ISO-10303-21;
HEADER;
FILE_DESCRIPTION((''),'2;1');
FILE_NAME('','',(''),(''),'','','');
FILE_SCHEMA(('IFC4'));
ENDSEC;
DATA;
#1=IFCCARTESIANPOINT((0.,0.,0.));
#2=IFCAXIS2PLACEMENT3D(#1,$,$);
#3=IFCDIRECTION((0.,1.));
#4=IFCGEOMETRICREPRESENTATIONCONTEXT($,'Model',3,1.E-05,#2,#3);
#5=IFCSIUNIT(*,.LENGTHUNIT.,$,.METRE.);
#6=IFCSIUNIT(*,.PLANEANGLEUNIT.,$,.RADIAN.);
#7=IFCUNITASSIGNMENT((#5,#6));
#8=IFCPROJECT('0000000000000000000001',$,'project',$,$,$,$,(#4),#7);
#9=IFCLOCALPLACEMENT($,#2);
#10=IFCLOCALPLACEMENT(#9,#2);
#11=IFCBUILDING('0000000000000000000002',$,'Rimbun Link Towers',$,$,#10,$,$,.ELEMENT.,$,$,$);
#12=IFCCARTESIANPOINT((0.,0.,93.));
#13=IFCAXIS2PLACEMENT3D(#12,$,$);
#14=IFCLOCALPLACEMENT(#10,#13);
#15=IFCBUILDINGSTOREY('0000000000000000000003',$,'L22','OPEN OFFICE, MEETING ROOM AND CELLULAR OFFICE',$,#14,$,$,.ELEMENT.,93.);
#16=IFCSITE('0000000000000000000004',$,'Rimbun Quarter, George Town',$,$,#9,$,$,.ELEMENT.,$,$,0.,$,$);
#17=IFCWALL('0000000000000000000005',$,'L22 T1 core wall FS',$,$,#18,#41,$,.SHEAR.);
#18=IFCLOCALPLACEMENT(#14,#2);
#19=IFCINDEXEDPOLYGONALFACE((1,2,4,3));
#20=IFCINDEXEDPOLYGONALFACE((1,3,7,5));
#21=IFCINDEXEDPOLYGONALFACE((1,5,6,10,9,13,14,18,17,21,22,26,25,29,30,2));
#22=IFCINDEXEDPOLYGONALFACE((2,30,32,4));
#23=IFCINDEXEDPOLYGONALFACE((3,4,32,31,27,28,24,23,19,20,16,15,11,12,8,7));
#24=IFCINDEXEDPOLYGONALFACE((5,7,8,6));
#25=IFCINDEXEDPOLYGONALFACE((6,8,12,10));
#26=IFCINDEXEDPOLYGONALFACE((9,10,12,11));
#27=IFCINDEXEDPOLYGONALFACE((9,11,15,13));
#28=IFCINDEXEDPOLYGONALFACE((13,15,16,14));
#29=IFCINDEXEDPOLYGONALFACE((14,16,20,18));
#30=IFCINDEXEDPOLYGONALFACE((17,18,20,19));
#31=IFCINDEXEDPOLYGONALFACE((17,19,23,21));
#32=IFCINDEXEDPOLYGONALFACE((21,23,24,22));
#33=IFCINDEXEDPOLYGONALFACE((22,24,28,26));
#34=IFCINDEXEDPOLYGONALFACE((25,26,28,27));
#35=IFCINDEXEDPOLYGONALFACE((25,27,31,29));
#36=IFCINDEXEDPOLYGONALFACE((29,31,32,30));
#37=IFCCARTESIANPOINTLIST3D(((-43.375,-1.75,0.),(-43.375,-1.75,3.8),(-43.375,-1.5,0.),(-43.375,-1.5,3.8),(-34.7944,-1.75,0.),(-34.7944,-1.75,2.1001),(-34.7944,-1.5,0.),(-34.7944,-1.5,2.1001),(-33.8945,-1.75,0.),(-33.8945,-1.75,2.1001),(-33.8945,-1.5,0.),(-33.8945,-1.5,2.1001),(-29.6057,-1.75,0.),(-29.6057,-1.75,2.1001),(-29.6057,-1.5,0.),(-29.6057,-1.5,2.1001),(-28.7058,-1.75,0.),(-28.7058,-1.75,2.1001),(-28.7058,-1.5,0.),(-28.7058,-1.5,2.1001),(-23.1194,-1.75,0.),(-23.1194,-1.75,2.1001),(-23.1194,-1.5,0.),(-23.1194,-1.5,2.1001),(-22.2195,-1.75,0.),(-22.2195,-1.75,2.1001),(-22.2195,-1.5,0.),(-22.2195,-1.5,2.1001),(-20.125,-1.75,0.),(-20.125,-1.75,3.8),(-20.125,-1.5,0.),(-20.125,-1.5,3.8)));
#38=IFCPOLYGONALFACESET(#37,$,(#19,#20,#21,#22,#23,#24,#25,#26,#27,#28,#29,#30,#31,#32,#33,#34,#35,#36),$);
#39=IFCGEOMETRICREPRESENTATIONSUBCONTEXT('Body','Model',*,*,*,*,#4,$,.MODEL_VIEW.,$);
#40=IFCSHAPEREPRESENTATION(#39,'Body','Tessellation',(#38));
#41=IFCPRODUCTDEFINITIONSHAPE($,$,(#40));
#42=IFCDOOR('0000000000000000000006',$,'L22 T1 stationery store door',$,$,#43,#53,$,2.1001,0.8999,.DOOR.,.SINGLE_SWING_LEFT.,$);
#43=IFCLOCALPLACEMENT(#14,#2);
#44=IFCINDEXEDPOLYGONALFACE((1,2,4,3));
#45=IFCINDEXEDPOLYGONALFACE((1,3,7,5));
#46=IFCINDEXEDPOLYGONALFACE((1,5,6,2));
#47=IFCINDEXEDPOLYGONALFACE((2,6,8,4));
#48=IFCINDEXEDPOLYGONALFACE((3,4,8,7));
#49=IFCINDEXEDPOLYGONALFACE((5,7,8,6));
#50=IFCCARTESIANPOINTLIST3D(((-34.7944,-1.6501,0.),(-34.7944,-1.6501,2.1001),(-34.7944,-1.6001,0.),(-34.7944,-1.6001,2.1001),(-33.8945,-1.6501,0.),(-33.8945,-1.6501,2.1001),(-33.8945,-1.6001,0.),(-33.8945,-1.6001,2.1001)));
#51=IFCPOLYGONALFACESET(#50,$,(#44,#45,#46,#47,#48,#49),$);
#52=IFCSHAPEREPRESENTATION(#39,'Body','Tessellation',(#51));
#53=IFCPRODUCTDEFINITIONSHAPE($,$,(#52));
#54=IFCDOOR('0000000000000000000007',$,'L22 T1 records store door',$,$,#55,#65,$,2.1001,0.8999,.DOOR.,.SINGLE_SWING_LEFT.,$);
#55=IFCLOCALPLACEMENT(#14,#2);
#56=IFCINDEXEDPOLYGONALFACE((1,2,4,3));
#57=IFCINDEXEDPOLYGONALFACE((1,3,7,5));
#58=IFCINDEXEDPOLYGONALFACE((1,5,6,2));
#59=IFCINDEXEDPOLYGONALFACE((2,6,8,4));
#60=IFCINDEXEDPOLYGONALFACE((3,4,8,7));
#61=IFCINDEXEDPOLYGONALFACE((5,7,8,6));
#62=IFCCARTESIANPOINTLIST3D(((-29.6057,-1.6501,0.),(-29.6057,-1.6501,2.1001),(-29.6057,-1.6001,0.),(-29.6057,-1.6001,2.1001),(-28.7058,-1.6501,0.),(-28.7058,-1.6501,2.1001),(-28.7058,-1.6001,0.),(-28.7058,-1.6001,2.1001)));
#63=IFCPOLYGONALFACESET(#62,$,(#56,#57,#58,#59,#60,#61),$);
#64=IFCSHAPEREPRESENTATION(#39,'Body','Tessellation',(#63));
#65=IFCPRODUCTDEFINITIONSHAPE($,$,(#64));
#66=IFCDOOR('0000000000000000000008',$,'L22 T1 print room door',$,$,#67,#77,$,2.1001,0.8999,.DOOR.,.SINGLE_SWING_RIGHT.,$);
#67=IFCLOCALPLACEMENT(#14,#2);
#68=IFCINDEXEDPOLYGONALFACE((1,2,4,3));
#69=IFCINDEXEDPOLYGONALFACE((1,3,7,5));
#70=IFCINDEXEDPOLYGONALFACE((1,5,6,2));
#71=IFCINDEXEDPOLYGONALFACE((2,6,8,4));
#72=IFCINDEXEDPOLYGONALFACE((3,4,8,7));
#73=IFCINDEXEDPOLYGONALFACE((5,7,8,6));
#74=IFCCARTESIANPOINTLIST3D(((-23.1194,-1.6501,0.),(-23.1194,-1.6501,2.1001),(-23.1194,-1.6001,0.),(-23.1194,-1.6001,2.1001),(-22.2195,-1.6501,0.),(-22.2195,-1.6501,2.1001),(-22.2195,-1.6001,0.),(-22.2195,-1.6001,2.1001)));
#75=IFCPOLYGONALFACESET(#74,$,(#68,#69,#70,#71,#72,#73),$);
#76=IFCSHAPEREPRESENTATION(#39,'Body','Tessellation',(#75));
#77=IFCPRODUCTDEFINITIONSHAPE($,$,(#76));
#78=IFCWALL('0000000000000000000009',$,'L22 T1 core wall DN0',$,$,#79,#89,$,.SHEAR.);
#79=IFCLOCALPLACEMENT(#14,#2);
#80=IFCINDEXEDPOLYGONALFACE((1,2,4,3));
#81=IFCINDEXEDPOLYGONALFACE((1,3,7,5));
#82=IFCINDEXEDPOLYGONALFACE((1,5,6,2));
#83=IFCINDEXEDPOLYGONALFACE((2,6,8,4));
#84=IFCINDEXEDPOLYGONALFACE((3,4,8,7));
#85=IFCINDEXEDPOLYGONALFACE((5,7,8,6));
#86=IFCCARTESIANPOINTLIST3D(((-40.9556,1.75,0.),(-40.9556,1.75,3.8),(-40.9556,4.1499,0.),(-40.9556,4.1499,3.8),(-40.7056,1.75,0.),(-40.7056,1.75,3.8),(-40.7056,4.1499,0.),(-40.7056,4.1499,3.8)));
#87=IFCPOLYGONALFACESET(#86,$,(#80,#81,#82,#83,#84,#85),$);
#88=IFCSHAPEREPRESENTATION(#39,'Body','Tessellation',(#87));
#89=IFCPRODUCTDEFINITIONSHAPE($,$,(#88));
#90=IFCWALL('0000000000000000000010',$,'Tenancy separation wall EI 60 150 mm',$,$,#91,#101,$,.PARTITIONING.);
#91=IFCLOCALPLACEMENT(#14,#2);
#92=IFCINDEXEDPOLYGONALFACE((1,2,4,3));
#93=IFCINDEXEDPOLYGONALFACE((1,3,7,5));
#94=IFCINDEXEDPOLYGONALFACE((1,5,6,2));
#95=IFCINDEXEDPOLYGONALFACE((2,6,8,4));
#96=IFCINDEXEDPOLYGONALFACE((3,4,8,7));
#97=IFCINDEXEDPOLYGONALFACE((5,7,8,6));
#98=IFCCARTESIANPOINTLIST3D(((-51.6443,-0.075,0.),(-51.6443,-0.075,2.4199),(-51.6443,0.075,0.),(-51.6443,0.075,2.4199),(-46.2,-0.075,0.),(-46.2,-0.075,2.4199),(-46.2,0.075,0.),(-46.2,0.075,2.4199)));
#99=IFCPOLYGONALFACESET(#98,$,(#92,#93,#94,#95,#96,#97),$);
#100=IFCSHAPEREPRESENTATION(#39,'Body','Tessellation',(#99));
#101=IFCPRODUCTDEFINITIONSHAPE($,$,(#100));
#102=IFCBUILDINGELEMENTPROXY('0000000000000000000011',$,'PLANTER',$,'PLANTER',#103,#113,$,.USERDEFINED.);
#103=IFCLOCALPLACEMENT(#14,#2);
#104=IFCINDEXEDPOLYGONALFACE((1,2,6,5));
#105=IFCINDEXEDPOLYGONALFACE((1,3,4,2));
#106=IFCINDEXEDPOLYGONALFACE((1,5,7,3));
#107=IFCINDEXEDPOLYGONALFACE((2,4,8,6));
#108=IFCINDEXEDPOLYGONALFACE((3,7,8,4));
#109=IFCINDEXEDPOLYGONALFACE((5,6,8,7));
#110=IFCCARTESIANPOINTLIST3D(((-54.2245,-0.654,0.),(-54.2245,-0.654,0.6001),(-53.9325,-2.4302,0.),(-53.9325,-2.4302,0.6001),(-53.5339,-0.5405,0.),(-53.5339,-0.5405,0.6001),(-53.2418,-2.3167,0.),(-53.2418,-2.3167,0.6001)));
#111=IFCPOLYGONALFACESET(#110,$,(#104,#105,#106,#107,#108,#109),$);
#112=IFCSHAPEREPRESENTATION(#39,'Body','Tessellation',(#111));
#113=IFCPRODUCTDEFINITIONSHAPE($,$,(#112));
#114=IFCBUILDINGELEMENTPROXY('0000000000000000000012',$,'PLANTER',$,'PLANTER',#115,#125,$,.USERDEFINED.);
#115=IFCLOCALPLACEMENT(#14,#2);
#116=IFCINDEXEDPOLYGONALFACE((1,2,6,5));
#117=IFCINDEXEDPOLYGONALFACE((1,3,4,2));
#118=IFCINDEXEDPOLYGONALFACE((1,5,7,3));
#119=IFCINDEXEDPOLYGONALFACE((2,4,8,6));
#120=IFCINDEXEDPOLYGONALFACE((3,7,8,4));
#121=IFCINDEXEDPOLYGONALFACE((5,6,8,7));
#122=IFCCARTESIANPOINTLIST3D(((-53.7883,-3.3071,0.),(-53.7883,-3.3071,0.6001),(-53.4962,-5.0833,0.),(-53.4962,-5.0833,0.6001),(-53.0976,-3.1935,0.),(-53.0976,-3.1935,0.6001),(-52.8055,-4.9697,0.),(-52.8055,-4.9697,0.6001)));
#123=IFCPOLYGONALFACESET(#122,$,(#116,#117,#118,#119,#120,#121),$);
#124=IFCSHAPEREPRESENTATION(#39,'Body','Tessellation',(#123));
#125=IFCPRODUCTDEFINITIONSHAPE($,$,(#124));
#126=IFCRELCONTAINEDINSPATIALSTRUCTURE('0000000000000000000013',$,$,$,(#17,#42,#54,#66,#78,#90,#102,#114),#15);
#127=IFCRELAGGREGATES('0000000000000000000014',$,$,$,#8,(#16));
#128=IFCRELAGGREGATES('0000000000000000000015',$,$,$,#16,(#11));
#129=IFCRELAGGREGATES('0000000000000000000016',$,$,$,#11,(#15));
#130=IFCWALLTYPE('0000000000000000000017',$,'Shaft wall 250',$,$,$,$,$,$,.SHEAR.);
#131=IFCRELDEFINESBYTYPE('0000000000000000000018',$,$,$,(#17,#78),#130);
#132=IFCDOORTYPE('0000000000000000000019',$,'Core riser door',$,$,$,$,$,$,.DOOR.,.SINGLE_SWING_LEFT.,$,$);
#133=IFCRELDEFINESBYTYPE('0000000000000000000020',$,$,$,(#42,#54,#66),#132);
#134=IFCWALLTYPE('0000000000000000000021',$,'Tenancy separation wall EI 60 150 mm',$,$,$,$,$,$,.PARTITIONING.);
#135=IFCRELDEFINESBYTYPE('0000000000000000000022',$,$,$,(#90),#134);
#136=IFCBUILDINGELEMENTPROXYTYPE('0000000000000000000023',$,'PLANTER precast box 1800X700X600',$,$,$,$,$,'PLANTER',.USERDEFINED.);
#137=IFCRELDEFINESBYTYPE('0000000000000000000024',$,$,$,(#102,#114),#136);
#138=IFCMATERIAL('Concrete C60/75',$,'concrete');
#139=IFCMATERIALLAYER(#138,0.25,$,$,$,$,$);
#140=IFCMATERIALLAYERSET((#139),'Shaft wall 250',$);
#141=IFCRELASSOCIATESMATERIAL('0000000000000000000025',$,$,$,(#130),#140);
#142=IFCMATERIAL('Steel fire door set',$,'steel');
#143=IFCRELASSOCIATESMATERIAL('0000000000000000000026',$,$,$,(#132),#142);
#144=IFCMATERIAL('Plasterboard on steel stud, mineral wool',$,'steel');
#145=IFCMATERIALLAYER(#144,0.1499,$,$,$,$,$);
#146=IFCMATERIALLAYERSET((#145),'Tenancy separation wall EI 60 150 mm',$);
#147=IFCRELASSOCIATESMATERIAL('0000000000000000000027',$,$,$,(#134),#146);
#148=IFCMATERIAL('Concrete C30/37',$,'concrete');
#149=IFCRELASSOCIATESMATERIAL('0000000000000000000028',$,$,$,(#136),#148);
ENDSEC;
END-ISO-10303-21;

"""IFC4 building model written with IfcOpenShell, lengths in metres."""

from ifc_helpers import new_model, si_unit, direction, frame, frame_2d, origin, origin_2d, place, context, subcontext, project, spatial, rectangle, extrude, material, layer, layer_set, type_object, element, fill, save


model = new_model("IFC4")

# Units and contexts
model_context = context("Model", 3, precision=1e-05, world=origin(), true_north=direction((0.0, 1.0)))
body_context = subcontext(model_context, "Body", "Model", "MODEL_VIEW")
ifc_project = project(units=[si_unit("LENGTHUNIT", "METRE"), si_unit("PLANEANGLEUNIT", "RADIAN")], contexts=[model_context])

# Site, building, storey
site_placement = place(None, origin())
site = spatial("IfcSite", under=ifc_project, at=site_placement, Name="Rimbun Quarter, George Town", CompositionType="ELEMENT", RefElevation=0.0)
building_placement = place(site_placement, origin())
building = spatial("IfcBuilding", under=site, at=building_placement, Name="Rimbun Link Towers", CompositionType="ELEMENT")
storey_placement = place(building_placement, frame((0.0, 0.0, 93.0)))
storey = spatial("IfcBuildingStorey", under=building, at=storey_placement, Name="L22", Description="OPEN OFFICE, MEETING ROOM AND CELLULAR OFFICE", CompositionType="ELEMENT", Elevation=93.0)

# Wall, openings, doors
ifc_material_1 = material(Name="Concrete C60/75", Category="concrete")
ifc_layer_1 = layer(ifc_material_1, 0.25)
ifc_layer_set_1 = layer_set([ifc_layer_1], Name="Shaft wall 250")
wall_type_1 = type_object("IfcWallType", Name="Shaft wall 250", PredefinedType="SHEAR", material=ifc_layer_set_1)
wall_1_placement = place(storey_placement, frame((-43.375, -1.625, 0.0), z_axis=(0.0, 0.0, 1.0), x_axis=(1.0, 0.0, 0.0)))
wall_1 = element("IfcWall", 1, at=wall_1_placement, inside=storey, type_object=wall_type_1, Name="L22 T1 core wall FS", PredefinedType="SHEAR", context=body_context, shape_type="SweptSolid", body=[
    extrude(rectangle(XDim=23.25, YDim=0.25, at=frame_2d((11.625, 0.0))), origin(), (0.0, 0.0, 1.0), 3.8),
])
opening_1_placement = place(wall_1_placement, frame((8.5806, 0.0, 0.0)))
opening_1 = element("IfcOpeningElement", 2, at=opening_1_placement, cuts=wall_1, PredefinedType="OPENING", context=body_context, shape_type="SweptSolid", body=[
    extrude(rectangle(XDim=0.8999, YDim=2.1001, at=frame_2d((0.45, 1.05))), frame((0.0, 0.135, 0.0), z_axis=(0.0, -1.0, 0.0), x_axis=(1.0, 0.0, 0.0)), (0.0, 0.0, 1.0), 0.27),
])
opening_2_placement = place(wall_1_placement, frame((13.7693, 0.0, 0.0)))
opening_2 = element("IfcOpeningElement", 3, at=opening_2_placement, cuts=wall_1, PredefinedType="OPENING", context=body_context, shape_type="SweptSolid", body=[
    extrude(rectangle(XDim=0.8999, YDim=2.1001, at=frame_2d((0.45, 1.05))), frame((0.0, 0.135, 0.0), z_axis=(0.0, -1.0, 0.0), x_axis=(1.0, 0.0, 0.0)), (0.0, 0.0, 1.0), 0.27),
])
opening_3_placement = place(wall_1_placement, frame((20.2556, 0.0, 0.0)))
opening_3 = element("IfcOpeningElement", 4, at=opening_3_placement, cuts=wall_1, PredefinedType="OPENING", context=body_context, shape_type="SweptSolid", body=[
    extrude(rectangle(XDim=0.8999, YDim=2.1001, at=frame_2d((0.45, 1.05))), frame((0.0, 0.135, 0.0), z_axis=(0.0, -1.0, 0.0), x_axis=(1.0, 0.0, 0.0)), (0.0, 0.0, 1.0), 0.27),
])
ifc_material_2 = material(Name="Steel fire door set", Category="steel")
door_type_1 = type_object("IfcDoorType", Name="Core riser door", OperationType="SINGLE_SWING_LEFT", PredefinedType="DOOR", material=ifc_material_2)
door_1_placement = place(opening_1_placement, origin())
door_1 = element("IfcDoor", 5, at=door_1_placement, inside=storey, type_object=door_type_1, Name="L22 T1 stationery store door", OperationType="SINGLE_SWING_LEFT", OverallHeight=2.1001, OverallWidth=0.8999, PredefinedType="DOOR", context=body_context, shape_type="SweptSolid", body=[
    extrude(rectangle(XDim=0.8999, YDim=2.1001, at=frame_2d((0.45, 1.05))), frame((0.0, 0.0249, 0.0), z_axis=(0.0, -1.0, 0.0), x_axis=(1.0, 0.0, 0.0)), (0.0, 0.0, 1.0), 0.05),
])
fill(opening_1, door_1)
door_2_placement = place(opening_2_placement, origin())
door_2 = element("IfcDoor", 6, at=door_2_placement, inside=storey, type_object=door_type_1, Name="L22 T1 records store door", OperationType="SINGLE_SWING_LEFT", OverallHeight=2.1001, OverallWidth=0.8999, PredefinedType="DOOR", context=body_context, shape_type="SweptSolid", body=[
    extrude(rectangle(XDim=0.8999, YDim=2.1001, at=frame_2d((0.45, 1.05))), frame((0.0, 0.0249, 0.0), z_axis=(0.0, -1.0, 0.0), x_axis=(1.0, 0.0, 0.0)), (0.0, 0.0, 1.0), 0.05),
])
fill(opening_2, door_2)
door_3_placement = place(opening_3_placement, origin())
door_3 = element("IfcDoor", 7, at=door_3_placement, inside=storey, type_object=door_type_1, Name="L22 T1 print room door", OperationType="SINGLE_SWING_RIGHT", OverallHeight=2.1001, OverallWidth=0.8999, PredefinedType="DOOR", context=body_context, shape_type="SweptSolid", body=[
    extrude(rectangle(XDim=0.8999, YDim=2.1001, at=frame_2d((0.45, 1.05))), frame((0.0, 0.0249, 0.0), z_axis=(0.0, -1.0, 0.0), x_axis=(1.0, 0.0, 0.0)), (0.0, 0.0, 1.0), 0.05),
])
fill(opening_3, door_3)

# Walls
wall_2_placement = place(storey_placement, frame((-40.8306, 1.75, 0.0), z_axis=(0.0, 0.0, 1.0), x_axis=(0.0, 1.0, 0.0)))
element("IfcWall", 8, at=wall_2_placement, inside=storey, type_object=wall_type_1, Name="L22 T1 core wall DN0", PredefinedType="SHEAR", context=body_context, shape_type="SweptSolid", body=[
    extrude(rectangle(XDim=2.3999, YDim=0.25, at=frame_2d((1.2, 0.0))), origin(), (0.0, 0.0, 1.0), 3.8),
])
ifc_material_3 = material(Name="Plasterboard on steel stud, mineral wool", Category="steel")
ifc_layer_2 = layer(ifc_material_3, 0.1499)
ifc_layer_set_2 = layer_set([ifc_layer_2], Name="Tenancy separation wall EI 60 150 mm")
wall_type_2 = type_object("IfcWallType", Name="Tenancy separation wall EI 60 150 mm", PredefinedType="PARTITIONING", material=ifc_layer_set_2)
wall_3_placement = place(storey_placement, frame((-46.2, 0.0, 0.0), z_axis=(0.0, 0.0, 1.0), x_axis=(-1.0, 0.0, 0.0)))
element("IfcWall", 9, at=wall_3_placement, inside=storey, type_object=wall_type_2, Name="Tenancy separation wall EI 60 150 mm", PredefinedType="PARTITIONING", context=body_context, shape_type="SweptSolid", body=[
    extrude(rectangle(XDim=5.4443, YDim=0.1499, at=frame_2d((2.7222, 0.0))), origin(), (0.0, 0.0, 1.0), 2.4199),
])

# Building element proxies
ifc_material_4 = material(Name="Concrete C30/37", Category="concrete")
building_element_proxy_type = type_object("IfcBuildingElementProxyType", Name="PLANTER precast box 1800X700X600", ElementType="PLANTER", PredefinedType="USERDEFINED", material=ifc_material_4)
for number, where, z_axis, x_axis, name in (
    (10, (-53.7332, -1.4854, 0.0), (0.0, 0.0, 1.0), (0.16226, -0.986748, 0.0), "PLANTER"),
    (11, (-53.2969, -4.1384, 0.0), (0.0, 0.0, 1.0), (0.16226, -0.986748, 0.0), "PLANTER"),
):
    element("IfcBuildingElementProxy", number, at=place(storey_placement, frame(where, z_axis=z_axis, x_axis=x_axis)), inside=storey, type_object=building_element_proxy_type, Name=name, ObjectType="PLANTER", PredefinedType="USERDEFINED", context=body_context, shape_type="SweptSolid", body=[
        extrude(rectangle(XDim=1.8, YDim=0.7, at=origin_2d()), origin(), (0.0, 0.0, 1.0), 0.6001),
    ])

save(model, "model.ifc")
